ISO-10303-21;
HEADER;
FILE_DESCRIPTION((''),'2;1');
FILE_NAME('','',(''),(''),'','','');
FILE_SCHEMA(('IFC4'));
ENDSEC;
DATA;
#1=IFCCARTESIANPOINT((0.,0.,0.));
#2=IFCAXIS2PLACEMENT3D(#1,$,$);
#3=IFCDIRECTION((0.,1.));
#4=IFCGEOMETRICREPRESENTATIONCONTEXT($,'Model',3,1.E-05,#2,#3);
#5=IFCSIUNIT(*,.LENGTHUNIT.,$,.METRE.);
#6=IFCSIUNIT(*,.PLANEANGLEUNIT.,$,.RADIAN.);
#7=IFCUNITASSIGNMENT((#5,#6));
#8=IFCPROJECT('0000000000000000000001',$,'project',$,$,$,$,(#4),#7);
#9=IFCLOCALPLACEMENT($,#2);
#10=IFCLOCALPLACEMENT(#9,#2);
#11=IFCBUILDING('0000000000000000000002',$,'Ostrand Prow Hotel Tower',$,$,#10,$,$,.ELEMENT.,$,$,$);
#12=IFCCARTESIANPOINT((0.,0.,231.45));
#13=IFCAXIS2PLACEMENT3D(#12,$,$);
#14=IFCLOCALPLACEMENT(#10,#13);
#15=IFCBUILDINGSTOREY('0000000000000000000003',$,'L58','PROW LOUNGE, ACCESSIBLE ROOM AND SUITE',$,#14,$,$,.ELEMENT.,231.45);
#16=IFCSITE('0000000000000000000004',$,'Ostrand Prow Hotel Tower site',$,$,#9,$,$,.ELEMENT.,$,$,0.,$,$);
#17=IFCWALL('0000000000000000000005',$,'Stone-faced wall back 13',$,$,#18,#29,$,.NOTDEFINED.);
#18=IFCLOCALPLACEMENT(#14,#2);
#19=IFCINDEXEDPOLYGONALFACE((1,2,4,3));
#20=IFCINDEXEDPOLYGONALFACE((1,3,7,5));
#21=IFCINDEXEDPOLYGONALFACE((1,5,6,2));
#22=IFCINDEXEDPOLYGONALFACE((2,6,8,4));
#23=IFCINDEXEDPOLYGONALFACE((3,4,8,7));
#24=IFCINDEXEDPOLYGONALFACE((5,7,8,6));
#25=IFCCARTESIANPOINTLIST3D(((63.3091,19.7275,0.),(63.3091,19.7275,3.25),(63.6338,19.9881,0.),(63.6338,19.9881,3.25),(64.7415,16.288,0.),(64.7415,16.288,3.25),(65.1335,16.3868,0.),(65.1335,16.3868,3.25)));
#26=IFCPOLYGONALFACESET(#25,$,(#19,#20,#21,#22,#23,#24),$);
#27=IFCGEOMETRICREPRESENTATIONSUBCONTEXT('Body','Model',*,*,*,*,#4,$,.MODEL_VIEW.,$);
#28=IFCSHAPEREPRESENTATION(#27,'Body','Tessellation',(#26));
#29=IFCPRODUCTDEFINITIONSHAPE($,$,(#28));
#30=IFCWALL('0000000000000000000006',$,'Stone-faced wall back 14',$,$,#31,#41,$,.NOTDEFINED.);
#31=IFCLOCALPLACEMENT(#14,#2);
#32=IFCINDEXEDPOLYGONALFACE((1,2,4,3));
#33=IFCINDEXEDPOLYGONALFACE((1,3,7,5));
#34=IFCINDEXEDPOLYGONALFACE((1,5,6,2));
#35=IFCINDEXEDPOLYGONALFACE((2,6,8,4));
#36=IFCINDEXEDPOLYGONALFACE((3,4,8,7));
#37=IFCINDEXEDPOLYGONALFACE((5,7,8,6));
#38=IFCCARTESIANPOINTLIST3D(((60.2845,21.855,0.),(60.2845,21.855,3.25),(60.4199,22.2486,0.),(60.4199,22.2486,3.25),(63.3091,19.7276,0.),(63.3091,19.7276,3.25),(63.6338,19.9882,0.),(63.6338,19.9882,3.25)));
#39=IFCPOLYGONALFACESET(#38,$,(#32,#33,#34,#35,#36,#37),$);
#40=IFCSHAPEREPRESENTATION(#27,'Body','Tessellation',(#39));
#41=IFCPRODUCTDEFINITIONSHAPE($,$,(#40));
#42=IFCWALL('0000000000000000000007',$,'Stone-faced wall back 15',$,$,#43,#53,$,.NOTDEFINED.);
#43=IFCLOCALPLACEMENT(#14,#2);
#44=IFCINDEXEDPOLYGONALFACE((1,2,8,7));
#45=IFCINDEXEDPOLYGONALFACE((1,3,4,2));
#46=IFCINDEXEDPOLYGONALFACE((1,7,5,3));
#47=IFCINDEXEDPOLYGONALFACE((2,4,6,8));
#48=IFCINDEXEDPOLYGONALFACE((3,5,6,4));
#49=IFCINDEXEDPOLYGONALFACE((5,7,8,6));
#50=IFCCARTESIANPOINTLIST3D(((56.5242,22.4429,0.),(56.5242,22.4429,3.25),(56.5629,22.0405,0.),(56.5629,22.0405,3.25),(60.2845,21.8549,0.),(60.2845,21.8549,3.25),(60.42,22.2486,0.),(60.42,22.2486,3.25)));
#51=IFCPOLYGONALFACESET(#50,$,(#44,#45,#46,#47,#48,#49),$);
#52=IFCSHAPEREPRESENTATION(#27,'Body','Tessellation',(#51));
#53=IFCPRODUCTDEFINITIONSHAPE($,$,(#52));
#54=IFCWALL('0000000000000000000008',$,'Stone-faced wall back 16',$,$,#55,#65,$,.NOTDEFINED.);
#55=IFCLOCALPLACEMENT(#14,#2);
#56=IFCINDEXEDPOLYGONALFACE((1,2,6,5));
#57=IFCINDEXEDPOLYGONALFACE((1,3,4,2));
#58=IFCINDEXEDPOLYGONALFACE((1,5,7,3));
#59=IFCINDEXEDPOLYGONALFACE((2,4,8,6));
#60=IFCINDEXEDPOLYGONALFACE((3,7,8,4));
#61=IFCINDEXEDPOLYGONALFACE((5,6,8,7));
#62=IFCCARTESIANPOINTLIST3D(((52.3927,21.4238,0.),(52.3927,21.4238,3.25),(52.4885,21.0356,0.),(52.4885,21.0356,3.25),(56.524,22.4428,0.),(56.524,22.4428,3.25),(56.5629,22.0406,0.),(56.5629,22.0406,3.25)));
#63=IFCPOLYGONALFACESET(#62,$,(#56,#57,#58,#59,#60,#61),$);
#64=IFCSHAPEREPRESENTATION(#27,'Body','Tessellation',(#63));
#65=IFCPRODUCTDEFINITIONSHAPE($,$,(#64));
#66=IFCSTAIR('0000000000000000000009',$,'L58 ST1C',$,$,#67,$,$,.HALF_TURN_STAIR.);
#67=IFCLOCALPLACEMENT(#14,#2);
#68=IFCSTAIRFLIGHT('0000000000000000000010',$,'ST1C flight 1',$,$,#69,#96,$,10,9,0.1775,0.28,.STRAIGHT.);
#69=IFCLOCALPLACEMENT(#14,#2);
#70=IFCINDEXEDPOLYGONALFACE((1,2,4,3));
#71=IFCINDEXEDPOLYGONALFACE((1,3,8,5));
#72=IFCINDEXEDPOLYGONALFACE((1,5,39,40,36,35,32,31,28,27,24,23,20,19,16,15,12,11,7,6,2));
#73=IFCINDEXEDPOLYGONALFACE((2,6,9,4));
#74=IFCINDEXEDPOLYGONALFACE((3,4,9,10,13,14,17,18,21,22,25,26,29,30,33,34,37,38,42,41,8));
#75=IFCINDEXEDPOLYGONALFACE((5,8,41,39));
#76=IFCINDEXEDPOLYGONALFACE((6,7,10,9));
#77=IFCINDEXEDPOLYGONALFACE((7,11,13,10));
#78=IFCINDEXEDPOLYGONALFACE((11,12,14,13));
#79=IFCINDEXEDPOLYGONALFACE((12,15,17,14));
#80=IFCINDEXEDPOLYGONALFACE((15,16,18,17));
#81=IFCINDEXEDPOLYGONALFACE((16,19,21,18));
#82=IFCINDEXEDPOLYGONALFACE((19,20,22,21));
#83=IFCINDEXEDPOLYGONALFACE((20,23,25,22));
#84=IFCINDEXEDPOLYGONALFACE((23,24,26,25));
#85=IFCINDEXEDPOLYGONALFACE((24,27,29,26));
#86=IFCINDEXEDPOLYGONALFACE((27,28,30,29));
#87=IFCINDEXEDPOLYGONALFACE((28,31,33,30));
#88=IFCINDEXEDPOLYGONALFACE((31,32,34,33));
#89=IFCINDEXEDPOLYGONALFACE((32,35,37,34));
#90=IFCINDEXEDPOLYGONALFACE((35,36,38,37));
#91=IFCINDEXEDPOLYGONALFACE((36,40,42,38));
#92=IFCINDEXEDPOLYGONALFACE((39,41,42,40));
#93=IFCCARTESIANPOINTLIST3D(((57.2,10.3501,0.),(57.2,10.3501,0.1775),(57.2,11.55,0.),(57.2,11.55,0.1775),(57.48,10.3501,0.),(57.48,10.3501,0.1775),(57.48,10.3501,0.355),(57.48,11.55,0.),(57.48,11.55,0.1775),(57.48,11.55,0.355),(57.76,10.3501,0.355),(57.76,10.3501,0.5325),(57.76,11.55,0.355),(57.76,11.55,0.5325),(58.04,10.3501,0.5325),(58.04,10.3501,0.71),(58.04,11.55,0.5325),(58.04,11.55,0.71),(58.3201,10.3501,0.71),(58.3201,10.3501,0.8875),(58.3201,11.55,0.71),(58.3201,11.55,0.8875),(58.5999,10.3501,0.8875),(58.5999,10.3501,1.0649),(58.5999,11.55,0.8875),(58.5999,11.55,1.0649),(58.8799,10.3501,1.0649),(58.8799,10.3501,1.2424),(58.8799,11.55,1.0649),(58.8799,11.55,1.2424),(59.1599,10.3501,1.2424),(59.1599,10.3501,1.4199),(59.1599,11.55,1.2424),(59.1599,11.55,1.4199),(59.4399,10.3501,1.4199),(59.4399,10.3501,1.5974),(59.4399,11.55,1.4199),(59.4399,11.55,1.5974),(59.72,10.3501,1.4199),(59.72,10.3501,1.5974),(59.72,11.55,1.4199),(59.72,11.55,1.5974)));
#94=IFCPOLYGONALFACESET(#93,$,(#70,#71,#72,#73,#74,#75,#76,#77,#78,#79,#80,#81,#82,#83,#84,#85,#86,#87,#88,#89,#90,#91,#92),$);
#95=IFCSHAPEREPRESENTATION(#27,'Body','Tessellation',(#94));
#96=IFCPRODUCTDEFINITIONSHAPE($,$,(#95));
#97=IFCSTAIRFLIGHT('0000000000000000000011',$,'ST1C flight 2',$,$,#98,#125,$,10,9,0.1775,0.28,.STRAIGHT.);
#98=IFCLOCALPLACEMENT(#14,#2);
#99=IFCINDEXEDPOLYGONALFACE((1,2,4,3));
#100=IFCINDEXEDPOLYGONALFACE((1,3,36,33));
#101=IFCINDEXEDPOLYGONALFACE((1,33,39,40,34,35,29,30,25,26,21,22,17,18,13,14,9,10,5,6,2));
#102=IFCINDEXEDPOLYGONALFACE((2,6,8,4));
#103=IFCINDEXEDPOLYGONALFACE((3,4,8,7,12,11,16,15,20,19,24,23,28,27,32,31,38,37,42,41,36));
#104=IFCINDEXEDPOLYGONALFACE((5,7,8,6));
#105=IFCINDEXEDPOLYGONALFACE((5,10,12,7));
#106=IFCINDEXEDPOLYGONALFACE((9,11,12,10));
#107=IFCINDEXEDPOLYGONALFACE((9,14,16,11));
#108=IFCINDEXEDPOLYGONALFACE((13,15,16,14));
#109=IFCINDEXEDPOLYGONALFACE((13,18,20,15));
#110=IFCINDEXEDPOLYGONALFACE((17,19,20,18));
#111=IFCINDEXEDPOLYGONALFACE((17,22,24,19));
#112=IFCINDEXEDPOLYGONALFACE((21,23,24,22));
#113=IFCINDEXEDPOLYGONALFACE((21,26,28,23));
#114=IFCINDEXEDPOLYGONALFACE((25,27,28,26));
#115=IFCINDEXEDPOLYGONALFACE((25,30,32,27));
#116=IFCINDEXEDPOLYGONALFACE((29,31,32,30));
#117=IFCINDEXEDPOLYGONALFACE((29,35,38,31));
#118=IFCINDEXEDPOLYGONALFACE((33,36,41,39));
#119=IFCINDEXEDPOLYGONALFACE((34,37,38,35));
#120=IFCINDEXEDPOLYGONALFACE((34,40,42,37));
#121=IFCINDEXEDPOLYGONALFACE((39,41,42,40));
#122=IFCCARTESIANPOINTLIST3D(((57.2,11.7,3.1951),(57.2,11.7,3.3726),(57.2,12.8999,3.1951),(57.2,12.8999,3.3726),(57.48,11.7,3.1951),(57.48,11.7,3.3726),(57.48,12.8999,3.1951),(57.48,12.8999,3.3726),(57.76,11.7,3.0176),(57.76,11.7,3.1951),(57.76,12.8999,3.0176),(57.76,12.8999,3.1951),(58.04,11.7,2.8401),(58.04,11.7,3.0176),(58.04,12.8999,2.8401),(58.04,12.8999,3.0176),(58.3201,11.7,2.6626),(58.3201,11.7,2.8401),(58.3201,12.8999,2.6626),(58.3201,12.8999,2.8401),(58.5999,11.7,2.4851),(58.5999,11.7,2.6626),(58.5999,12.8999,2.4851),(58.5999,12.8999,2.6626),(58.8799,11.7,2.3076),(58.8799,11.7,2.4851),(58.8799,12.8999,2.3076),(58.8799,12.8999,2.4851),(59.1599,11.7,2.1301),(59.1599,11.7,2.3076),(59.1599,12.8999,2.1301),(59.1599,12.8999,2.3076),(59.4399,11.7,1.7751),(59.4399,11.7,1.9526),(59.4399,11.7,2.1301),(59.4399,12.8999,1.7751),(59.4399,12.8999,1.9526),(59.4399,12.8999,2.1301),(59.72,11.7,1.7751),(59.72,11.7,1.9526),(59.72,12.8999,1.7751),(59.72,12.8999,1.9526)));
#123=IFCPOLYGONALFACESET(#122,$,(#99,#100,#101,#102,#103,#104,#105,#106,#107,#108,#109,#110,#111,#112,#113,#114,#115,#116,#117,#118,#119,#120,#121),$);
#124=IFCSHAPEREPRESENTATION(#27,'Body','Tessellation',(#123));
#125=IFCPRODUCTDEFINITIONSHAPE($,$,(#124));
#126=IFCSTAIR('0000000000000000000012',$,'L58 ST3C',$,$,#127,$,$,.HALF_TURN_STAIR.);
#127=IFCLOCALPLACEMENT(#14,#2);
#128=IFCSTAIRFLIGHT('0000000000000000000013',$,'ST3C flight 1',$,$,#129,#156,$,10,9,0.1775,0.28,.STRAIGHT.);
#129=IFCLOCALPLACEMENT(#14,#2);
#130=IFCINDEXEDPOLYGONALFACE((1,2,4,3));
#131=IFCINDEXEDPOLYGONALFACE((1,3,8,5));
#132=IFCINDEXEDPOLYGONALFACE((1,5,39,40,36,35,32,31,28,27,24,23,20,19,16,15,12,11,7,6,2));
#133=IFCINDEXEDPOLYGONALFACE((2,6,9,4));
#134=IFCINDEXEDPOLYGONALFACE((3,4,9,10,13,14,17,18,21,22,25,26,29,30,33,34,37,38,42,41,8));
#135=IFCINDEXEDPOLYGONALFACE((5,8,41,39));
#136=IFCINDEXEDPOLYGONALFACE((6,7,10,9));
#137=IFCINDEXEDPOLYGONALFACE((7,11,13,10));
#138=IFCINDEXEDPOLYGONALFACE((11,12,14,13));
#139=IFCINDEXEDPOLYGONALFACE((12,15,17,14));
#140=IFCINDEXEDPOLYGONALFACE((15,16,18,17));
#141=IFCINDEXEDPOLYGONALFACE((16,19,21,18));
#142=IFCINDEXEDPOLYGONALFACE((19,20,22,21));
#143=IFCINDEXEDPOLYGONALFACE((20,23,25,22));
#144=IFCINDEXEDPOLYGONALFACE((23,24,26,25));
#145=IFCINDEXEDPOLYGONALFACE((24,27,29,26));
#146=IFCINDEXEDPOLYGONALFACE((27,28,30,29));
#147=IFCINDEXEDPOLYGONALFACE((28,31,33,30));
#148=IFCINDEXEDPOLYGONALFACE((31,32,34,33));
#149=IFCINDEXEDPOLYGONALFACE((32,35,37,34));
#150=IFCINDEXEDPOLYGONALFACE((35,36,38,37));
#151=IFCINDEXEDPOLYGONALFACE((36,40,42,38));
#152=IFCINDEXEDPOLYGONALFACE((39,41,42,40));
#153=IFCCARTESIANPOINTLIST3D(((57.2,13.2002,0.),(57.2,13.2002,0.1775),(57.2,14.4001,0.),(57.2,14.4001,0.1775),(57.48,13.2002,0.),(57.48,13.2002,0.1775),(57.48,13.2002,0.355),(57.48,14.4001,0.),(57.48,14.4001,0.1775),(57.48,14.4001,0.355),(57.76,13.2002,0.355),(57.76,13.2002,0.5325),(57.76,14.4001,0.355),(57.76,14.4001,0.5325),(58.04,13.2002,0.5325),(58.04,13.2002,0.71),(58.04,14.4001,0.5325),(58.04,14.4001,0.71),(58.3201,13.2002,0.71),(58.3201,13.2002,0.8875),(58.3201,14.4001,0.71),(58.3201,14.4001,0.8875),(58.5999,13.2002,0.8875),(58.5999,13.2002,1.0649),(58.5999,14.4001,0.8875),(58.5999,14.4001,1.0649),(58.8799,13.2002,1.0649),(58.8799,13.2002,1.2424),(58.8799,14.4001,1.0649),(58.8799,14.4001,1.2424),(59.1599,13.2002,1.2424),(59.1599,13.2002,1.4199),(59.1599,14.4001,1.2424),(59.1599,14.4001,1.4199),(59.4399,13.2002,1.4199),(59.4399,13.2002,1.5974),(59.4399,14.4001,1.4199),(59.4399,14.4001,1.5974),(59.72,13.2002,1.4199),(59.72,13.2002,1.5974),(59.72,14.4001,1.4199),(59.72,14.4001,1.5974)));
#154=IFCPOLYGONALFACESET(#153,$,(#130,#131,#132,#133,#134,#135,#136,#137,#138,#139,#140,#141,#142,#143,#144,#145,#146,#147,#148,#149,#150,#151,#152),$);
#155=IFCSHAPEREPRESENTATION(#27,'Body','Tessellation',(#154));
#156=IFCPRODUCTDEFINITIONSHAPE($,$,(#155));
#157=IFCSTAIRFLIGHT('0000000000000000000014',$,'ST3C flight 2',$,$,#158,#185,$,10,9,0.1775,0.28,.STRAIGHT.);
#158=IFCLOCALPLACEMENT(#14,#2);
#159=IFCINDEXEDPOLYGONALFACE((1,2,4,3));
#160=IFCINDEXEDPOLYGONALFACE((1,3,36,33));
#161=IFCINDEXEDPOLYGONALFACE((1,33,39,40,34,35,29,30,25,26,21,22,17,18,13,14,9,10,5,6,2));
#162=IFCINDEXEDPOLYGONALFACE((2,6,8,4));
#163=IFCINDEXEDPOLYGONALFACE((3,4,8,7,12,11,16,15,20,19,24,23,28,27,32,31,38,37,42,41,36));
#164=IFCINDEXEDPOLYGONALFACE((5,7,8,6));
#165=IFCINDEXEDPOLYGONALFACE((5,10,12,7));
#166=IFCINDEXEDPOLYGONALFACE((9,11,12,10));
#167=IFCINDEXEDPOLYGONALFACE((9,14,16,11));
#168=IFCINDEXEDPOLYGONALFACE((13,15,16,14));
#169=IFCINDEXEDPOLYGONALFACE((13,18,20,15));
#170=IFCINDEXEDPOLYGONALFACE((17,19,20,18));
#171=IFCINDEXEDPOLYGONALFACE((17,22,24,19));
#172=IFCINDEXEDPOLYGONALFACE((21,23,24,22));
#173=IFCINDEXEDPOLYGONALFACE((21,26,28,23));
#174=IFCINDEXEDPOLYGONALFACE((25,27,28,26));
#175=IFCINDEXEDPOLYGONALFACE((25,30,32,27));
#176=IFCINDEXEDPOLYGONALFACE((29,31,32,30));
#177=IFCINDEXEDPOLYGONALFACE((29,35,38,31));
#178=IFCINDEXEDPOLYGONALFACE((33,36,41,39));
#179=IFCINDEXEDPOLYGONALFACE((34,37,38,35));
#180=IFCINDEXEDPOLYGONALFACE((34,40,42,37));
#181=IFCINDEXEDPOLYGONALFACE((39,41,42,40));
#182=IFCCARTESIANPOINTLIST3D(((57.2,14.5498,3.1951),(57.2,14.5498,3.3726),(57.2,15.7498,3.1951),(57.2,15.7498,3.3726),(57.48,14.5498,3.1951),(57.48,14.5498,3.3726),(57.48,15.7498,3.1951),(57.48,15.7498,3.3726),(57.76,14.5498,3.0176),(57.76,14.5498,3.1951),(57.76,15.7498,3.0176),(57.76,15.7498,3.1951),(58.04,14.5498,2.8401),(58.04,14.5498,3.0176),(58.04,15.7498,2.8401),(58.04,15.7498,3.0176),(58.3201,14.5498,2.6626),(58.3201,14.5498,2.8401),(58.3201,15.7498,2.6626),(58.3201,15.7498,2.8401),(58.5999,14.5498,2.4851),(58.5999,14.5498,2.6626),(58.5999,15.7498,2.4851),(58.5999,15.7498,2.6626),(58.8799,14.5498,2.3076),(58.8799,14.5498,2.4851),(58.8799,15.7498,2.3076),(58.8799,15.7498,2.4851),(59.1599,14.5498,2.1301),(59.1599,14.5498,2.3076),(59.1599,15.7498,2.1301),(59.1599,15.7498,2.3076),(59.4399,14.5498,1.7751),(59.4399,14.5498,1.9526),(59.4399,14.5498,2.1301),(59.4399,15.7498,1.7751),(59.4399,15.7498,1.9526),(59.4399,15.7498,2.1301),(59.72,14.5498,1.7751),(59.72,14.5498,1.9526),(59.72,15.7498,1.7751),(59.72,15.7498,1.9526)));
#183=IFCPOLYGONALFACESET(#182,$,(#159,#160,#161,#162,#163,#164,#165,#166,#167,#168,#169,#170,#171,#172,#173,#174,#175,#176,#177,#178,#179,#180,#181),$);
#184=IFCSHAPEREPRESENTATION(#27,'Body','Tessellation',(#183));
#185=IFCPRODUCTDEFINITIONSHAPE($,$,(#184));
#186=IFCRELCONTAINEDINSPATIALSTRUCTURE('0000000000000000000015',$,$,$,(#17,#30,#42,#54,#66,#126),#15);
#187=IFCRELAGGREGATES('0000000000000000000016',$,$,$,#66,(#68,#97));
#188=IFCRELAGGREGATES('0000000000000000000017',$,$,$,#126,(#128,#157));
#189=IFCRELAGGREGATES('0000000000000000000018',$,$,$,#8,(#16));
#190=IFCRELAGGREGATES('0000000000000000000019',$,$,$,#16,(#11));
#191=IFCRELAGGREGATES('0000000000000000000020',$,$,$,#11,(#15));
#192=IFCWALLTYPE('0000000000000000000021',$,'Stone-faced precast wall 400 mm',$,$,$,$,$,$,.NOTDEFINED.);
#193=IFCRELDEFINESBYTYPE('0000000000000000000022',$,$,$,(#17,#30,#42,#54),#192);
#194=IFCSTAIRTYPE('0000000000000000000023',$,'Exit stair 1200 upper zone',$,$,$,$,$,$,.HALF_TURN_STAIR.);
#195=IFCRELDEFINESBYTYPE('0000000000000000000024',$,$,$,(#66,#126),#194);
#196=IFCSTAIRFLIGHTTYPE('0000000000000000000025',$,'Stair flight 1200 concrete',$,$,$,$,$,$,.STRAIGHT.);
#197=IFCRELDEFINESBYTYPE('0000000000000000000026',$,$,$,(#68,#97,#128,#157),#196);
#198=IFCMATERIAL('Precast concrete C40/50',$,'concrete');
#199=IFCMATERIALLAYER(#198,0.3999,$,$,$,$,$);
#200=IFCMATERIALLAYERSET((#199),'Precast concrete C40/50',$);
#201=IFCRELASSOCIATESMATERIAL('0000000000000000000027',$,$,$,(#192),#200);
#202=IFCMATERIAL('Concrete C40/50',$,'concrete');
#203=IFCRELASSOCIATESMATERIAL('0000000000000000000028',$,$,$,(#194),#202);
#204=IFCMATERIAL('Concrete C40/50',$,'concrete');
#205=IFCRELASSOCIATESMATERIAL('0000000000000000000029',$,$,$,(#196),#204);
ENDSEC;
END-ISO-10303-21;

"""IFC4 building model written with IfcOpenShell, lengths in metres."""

from ifc_helpers import new_model, si_unit, direction, frame, origin, place, context, subcontext, project, spatial, polyline, outline, extrude, material, layer, layer_set, type_object, element, aggregate, save


model = new_model("IFC4")

# Units and contexts
model_context = context("Model", 3, precision=1e-05, world=origin(), true_north=direction((0.0, 1.0)))
body_context = subcontext(model_context, "Body", "Model", "MODEL_VIEW")
ifc_project = project(units=[si_unit("LENGTHUNIT", "METRE"), si_unit("PLANEANGLEUNIT", "RADIAN")], contexts=[model_context])

# Site, building, storey
site_placement = place(None, origin())
site = spatial("IfcSite", under=ifc_project, at=site_placement, Name="Ostrand Prow Hotel Tower site", CompositionType="ELEMENT", RefElevation=0.0)
building_placement = place(site_placement, origin())
building = spatial("IfcBuilding", under=site, at=building_placement, Name="Ostrand Prow Hotel Tower", CompositionType="ELEMENT")
storey_placement = place(building_placement, frame((0.0, 0.0, 231.45)))
storey = spatial("IfcBuildingStorey", under=building, at=storey_placement, Name="L58", Description="PROW LOUNGE, ACCESSIBLE ROOM AND SUITE", CompositionType="ELEMENT", Elevation=231.45)

# Shared definitions
ifc_material_1 = material(Name="Precast concrete C40/50", Category="concrete")
ifc_layer_1 = layer(ifc_material_1, 0.3999)
ifc_layer_set_1 = layer_set([ifc_layer_1], Name="Precast concrete C40/50")
wall_type_1 = type_object("IfcWallType", Name="Stone-faced precast wall 400 mm", PredefinedType="NOTDEFINED", material=ifc_layer_set_1)

# Walls
wall_1_placement = place(storey_placement, frame((64.9375, 16.3374, 0.0), z_axis=(0.0, 0.0, 1.0), x_axis=(-0.384434, 0.923153, 0.0)))
element("IfcWall", 1, at=wall_1_placement, inside=storey, type_object=wall_type_1, Name="Stone-faced wall back 13", PredefinedType="NOTDEFINED", context=body_context, shape_type="SweptSolid", body=[
    extrude(outline(polyline([(-0.0298, -0.2), (3.8713, -0.2), (3.7556, 0.2), (0.0298, 0.2), (-0.0298, -0.2)])), origin(), (0.0, 0.0, 1.0), 3.25),
])
wall_2_placement = place(storey_placement, frame((63.4714, 19.8579, 0.0), z_axis=(0.0, 0.0, 1.0), x_axis=(-0.817943, 0.5753, 0.0)))
element("IfcWall", 2, at=wall_2_placement, inside=storey, type_object=wall_type_1, Name="Stone-faced wall back 14", PredefinedType="NOTDEFINED", context=body_context, shape_type="SweptSolid", body=[
    extrude(outline(polyline([(-0.0579, -0.2), (3.8713, -0.2), (3.7556, 0.2), (0.0579, 0.2), (-0.0579, -0.2)])), origin(), (0.0, 0.0, 1.0), 3.25),
])
wall_3_placement = place(storey_placement, frame((60.3523, 22.0518, 0.0), z_axis=(0.0, 0.0, 1.0), x_axis=(-0.998759, 0.049807, 0.0)))
element("IfcWall", 3, at=wall_3_placement, inside=storey, type_object=wall_type_1, Name="Stone-faced wall back 15", PredefinedType="NOTDEFINED", context=body_context, shape_type="SweptSolid", body=[
    extrude(outline(polyline([(-0.0579, -0.2), (3.8428, -0.2), (3.7842, 0.2), (0.0579, 0.2), (-0.0579, -0.2)])), origin(), (0.0, 0.0, 1.0), 3.25),
])
wall_4_placement = place(storey_placement, frame((56.5435, 22.2417, 0.0), z_axis=(0.0, 0.0, 1.0), x_axis=(-0.970902, -0.239476, 0.0)))
element("IfcWall", 4, at=wall_4_placement, inside=storey, type_object=wall_type_1, Name="Stone-faced wall back 16", PredefinedType="NOTDEFINED", context=body_context, shape_type="SweptSolid", body=[
    extrude(outline(polyline([(-0.0293, -0.2), (4.2258, -0.2), (4.2258, 0.2), (0.0293, 0.2), (-0.0293, -0.2)])), origin(), (0.0, 0.0, 1.0), 3.25),
])

# Stairs, stair flights
ifc_material_2 = material(Name="Concrete C40/50", Category="concrete")
stair_type = type_object("IfcStairType", Name="Exit stair 1200 upper zone", PredefinedType="HALF_TURN_STAIR", material=ifc_material_2)
stair_1_placement = place(storey_placement, origin())
stair_1 = element("IfcStair", 5, at=stair_1_placement, inside=storey, type_object=stair_type, Name="L58 ST1C", PredefinedType="HALF_TURN_STAIR")
ifc_material_3 = material(Name="Concrete C40/50", Category="concrete")
stair_flight_type = type_object("IfcStairFlightType", Name="Stair flight 1200 concrete", PredefinedType="STRAIGHT", material=ifc_material_3)
stair_flight_1_placement = place(storey_placement, frame((57.2, 10.95, 0.0), z_axis=(0.0, 0.0, 1.0), x_axis=(1.0, 0.0, 0.0)))
stair_flight_1 = element("IfcStairFlight", 6, at=stair_flight_1_placement, type_object=stair_flight_type, Name="ST1C flight 1", NumberOfRisers=10, NumberOfTreads=9, PredefinedType="STRAIGHT", RiserHeight=0.1775, TreadLength=0.28, context=body_context, shape_type="SweptSolid", body=[
    extrude(outline(polyline([(0.0, 0.0), (0.0, 0.1775), (0.28, 0.1775), (0.28, 0.355), (0.5601, 0.355), (0.5601, 0.5325), (0.8401, 0.5325), (0.8401, 0.71), (1.1201, 0.71), (1.1201, 0.8875), (1.3999, 0.8875), (1.3999, 1.0649), (1.6799, 1.0649), (1.6799, 1.2424), (1.96, 1.2424), (1.96, 1.4199), (2.24, 1.4199), (2.24, 1.5974), (2.52, 1.5974), (2.52, 1.7749), (2.52, 1.4199), (0.28, 0.0), (0.0, 0.0)])), frame((0.0, 0.6001, 0.0), z_axis=(0.0, -1.0, 0.0), x_axis=(1.0, 0.0, 0.0)), (0.0, 0.0, 1.0), 1.2),
])
stair_flight_2_placement = place(storey_placement, frame((59.72, 12.3, 1.7751), z_axis=(0.0, 0.0, 1.0), x_axis=(-1.0, 0.0, 0.0)))
stair_flight_2 = element("IfcStairFlight", 7, at=stair_flight_2_placement, type_object=stair_flight_type, Name="ST1C flight 2", NumberOfRisers=10, NumberOfTreads=9, PredefinedType="STRAIGHT", RiserHeight=0.1775, TreadLength=0.28, context=body_context, shape_type="SweptSolid", body=[
    extrude(outline(polyline([(0.0, 0.0), (0.0, 0.1775), (0.28, 0.1775), (0.28, 0.355), (0.5601, 0.355), (0.5601, 0.5325), (0.8401, 0.5325), (0.8401, 0.71), (1.1201, 0.71), (1.1201, 0.8875), (1.3999, 0.8875), (1.3999, 1.0649), (1.6799, 1.0649), (1.6799, 1.2424), (1.96, 1.2424), (1.96, 1.4199), (2.24, 1.4199), (2.24, 1.5974), (2.52, 1.5974), (2.52, 1.7749), (2.52, 1.4199), (0.28, 0.0), (0.0, 0.0)])), frame((0.0, 0.6001, 0.0), z_axis=(0.0, -1.0, 0.0), x_axis=(1.0, 0.0, 0.0)), (0.0, 0.0, 1.0), 1.2),
])
aggregate(stair_1, [stair_flight_1, stair_flight_2])
stair_2_placement = place(storey_placement, origin())
stair_2 = element("IfcStair", 8, at=stair_2_placement, inside=storey, type_object=stair_type, Name="L58 ST3C", PredefinedType="HALF_TURN_STAIR")
stair_flight_3_placement = place(storey_placement, frame((57.2, 13.8, 0.0), z_axis=(0.0, 0.0, 1.0), x_axis=(1.0, 0.0, 0.0)))
stair_flight_3 = element("IfcStairFlight", 9, at=stair_flight_3_placement, type_object=stair_flight_type, Name="ST3C flight 1", NumberOfRisers=10, NumberOfTreads=9, PredefinedType="STRAIGHT", RiserHeight=0.1775, TreadLength=0.28, context=body_context, shape_type="SweptSolid", body=[
    extrude(outline(polyline([(0.0, 0.0), (0.0, 0.1775), (0.28, 0.1775), (0.28, 0.355), (0.5601, 0.355), (0.5601, 0.5325), (0.8401, 0.5325), (0.8401, 0.71), (1.1201, 0.71), (1.1201, 0.8875), (1.3999, 0.8875), (1.3999, 1.0649), (1.6799, 1.0649), (1.6799, 1.2424), (1.96, 1.2424), (1.96, 1.4199), (2.24, 1.4199), (2.24, 1.5974), (2.52, 1.5974), (2.52, 1.7749), (2.52, 1.4199), (0.28, 0.0), (0.0, 0.0)])), frame((0.0, 0.6001, 0.0), z_axis=(0.0, -1.0, 0.0), x_axis=(1.0, 0.0, 0.0)), (0.0, 0.0, 1.0), 1.2),
])
stair_flight_4_placement = place(storey_placement, frame((59.72, 15.1499, 1.7751), z_axis=(0.0, 0.0, 1.0), x_axis=(-1.0, 0.0, 0.0)))
stair_flight_4 = element("IfcStairFlight", 10, at=stair_flight_4_placement, type_object=stair_flight_type, Name="ST3C flight 2", NumberOfRisers=10, NumberOfTreads=9, PredefinedType="STRAIGHT", RiserHeight=0.1775, TreadLength=0.28, context=body_context, shape_type="SweptSolid", body=[
    extrude(outline(polyline([(0.0, 0.0), (0.0, 0.1775), (0.28, 0.1775), (0.28, 0.355), (0.5601, 0.355), (0.5601, 0.5325), (0.8401, 0.5325), (0.8401, 0.71), (1.1201, 0.71), (1.1201, 0.8875), (1.3999, 0.8875), (1.3999, 1.0649), (1.6799, 1.0649), (1.6799, 1.2424), (1.96, 1.2424), (1.96, 1.4199), (2.24, 1.4199), (2.24, 1.5974), (2.52, 1.5974), (2.52, 1.7749), (2.52, 1.4199), (0.28, 0.0), (0.0, 0.0)])), frame((0.0, 0.6001, 0.0), z_axis=(0.0, -1.0, 0.0), x_axis=(1.0, 0.0, 0.0)), (0.0, 0.0, 1.0), 1.2),
])
aggregate(stair_2, [stair_flight_3, stair_flight_4])

save(model, "model.ifc")
